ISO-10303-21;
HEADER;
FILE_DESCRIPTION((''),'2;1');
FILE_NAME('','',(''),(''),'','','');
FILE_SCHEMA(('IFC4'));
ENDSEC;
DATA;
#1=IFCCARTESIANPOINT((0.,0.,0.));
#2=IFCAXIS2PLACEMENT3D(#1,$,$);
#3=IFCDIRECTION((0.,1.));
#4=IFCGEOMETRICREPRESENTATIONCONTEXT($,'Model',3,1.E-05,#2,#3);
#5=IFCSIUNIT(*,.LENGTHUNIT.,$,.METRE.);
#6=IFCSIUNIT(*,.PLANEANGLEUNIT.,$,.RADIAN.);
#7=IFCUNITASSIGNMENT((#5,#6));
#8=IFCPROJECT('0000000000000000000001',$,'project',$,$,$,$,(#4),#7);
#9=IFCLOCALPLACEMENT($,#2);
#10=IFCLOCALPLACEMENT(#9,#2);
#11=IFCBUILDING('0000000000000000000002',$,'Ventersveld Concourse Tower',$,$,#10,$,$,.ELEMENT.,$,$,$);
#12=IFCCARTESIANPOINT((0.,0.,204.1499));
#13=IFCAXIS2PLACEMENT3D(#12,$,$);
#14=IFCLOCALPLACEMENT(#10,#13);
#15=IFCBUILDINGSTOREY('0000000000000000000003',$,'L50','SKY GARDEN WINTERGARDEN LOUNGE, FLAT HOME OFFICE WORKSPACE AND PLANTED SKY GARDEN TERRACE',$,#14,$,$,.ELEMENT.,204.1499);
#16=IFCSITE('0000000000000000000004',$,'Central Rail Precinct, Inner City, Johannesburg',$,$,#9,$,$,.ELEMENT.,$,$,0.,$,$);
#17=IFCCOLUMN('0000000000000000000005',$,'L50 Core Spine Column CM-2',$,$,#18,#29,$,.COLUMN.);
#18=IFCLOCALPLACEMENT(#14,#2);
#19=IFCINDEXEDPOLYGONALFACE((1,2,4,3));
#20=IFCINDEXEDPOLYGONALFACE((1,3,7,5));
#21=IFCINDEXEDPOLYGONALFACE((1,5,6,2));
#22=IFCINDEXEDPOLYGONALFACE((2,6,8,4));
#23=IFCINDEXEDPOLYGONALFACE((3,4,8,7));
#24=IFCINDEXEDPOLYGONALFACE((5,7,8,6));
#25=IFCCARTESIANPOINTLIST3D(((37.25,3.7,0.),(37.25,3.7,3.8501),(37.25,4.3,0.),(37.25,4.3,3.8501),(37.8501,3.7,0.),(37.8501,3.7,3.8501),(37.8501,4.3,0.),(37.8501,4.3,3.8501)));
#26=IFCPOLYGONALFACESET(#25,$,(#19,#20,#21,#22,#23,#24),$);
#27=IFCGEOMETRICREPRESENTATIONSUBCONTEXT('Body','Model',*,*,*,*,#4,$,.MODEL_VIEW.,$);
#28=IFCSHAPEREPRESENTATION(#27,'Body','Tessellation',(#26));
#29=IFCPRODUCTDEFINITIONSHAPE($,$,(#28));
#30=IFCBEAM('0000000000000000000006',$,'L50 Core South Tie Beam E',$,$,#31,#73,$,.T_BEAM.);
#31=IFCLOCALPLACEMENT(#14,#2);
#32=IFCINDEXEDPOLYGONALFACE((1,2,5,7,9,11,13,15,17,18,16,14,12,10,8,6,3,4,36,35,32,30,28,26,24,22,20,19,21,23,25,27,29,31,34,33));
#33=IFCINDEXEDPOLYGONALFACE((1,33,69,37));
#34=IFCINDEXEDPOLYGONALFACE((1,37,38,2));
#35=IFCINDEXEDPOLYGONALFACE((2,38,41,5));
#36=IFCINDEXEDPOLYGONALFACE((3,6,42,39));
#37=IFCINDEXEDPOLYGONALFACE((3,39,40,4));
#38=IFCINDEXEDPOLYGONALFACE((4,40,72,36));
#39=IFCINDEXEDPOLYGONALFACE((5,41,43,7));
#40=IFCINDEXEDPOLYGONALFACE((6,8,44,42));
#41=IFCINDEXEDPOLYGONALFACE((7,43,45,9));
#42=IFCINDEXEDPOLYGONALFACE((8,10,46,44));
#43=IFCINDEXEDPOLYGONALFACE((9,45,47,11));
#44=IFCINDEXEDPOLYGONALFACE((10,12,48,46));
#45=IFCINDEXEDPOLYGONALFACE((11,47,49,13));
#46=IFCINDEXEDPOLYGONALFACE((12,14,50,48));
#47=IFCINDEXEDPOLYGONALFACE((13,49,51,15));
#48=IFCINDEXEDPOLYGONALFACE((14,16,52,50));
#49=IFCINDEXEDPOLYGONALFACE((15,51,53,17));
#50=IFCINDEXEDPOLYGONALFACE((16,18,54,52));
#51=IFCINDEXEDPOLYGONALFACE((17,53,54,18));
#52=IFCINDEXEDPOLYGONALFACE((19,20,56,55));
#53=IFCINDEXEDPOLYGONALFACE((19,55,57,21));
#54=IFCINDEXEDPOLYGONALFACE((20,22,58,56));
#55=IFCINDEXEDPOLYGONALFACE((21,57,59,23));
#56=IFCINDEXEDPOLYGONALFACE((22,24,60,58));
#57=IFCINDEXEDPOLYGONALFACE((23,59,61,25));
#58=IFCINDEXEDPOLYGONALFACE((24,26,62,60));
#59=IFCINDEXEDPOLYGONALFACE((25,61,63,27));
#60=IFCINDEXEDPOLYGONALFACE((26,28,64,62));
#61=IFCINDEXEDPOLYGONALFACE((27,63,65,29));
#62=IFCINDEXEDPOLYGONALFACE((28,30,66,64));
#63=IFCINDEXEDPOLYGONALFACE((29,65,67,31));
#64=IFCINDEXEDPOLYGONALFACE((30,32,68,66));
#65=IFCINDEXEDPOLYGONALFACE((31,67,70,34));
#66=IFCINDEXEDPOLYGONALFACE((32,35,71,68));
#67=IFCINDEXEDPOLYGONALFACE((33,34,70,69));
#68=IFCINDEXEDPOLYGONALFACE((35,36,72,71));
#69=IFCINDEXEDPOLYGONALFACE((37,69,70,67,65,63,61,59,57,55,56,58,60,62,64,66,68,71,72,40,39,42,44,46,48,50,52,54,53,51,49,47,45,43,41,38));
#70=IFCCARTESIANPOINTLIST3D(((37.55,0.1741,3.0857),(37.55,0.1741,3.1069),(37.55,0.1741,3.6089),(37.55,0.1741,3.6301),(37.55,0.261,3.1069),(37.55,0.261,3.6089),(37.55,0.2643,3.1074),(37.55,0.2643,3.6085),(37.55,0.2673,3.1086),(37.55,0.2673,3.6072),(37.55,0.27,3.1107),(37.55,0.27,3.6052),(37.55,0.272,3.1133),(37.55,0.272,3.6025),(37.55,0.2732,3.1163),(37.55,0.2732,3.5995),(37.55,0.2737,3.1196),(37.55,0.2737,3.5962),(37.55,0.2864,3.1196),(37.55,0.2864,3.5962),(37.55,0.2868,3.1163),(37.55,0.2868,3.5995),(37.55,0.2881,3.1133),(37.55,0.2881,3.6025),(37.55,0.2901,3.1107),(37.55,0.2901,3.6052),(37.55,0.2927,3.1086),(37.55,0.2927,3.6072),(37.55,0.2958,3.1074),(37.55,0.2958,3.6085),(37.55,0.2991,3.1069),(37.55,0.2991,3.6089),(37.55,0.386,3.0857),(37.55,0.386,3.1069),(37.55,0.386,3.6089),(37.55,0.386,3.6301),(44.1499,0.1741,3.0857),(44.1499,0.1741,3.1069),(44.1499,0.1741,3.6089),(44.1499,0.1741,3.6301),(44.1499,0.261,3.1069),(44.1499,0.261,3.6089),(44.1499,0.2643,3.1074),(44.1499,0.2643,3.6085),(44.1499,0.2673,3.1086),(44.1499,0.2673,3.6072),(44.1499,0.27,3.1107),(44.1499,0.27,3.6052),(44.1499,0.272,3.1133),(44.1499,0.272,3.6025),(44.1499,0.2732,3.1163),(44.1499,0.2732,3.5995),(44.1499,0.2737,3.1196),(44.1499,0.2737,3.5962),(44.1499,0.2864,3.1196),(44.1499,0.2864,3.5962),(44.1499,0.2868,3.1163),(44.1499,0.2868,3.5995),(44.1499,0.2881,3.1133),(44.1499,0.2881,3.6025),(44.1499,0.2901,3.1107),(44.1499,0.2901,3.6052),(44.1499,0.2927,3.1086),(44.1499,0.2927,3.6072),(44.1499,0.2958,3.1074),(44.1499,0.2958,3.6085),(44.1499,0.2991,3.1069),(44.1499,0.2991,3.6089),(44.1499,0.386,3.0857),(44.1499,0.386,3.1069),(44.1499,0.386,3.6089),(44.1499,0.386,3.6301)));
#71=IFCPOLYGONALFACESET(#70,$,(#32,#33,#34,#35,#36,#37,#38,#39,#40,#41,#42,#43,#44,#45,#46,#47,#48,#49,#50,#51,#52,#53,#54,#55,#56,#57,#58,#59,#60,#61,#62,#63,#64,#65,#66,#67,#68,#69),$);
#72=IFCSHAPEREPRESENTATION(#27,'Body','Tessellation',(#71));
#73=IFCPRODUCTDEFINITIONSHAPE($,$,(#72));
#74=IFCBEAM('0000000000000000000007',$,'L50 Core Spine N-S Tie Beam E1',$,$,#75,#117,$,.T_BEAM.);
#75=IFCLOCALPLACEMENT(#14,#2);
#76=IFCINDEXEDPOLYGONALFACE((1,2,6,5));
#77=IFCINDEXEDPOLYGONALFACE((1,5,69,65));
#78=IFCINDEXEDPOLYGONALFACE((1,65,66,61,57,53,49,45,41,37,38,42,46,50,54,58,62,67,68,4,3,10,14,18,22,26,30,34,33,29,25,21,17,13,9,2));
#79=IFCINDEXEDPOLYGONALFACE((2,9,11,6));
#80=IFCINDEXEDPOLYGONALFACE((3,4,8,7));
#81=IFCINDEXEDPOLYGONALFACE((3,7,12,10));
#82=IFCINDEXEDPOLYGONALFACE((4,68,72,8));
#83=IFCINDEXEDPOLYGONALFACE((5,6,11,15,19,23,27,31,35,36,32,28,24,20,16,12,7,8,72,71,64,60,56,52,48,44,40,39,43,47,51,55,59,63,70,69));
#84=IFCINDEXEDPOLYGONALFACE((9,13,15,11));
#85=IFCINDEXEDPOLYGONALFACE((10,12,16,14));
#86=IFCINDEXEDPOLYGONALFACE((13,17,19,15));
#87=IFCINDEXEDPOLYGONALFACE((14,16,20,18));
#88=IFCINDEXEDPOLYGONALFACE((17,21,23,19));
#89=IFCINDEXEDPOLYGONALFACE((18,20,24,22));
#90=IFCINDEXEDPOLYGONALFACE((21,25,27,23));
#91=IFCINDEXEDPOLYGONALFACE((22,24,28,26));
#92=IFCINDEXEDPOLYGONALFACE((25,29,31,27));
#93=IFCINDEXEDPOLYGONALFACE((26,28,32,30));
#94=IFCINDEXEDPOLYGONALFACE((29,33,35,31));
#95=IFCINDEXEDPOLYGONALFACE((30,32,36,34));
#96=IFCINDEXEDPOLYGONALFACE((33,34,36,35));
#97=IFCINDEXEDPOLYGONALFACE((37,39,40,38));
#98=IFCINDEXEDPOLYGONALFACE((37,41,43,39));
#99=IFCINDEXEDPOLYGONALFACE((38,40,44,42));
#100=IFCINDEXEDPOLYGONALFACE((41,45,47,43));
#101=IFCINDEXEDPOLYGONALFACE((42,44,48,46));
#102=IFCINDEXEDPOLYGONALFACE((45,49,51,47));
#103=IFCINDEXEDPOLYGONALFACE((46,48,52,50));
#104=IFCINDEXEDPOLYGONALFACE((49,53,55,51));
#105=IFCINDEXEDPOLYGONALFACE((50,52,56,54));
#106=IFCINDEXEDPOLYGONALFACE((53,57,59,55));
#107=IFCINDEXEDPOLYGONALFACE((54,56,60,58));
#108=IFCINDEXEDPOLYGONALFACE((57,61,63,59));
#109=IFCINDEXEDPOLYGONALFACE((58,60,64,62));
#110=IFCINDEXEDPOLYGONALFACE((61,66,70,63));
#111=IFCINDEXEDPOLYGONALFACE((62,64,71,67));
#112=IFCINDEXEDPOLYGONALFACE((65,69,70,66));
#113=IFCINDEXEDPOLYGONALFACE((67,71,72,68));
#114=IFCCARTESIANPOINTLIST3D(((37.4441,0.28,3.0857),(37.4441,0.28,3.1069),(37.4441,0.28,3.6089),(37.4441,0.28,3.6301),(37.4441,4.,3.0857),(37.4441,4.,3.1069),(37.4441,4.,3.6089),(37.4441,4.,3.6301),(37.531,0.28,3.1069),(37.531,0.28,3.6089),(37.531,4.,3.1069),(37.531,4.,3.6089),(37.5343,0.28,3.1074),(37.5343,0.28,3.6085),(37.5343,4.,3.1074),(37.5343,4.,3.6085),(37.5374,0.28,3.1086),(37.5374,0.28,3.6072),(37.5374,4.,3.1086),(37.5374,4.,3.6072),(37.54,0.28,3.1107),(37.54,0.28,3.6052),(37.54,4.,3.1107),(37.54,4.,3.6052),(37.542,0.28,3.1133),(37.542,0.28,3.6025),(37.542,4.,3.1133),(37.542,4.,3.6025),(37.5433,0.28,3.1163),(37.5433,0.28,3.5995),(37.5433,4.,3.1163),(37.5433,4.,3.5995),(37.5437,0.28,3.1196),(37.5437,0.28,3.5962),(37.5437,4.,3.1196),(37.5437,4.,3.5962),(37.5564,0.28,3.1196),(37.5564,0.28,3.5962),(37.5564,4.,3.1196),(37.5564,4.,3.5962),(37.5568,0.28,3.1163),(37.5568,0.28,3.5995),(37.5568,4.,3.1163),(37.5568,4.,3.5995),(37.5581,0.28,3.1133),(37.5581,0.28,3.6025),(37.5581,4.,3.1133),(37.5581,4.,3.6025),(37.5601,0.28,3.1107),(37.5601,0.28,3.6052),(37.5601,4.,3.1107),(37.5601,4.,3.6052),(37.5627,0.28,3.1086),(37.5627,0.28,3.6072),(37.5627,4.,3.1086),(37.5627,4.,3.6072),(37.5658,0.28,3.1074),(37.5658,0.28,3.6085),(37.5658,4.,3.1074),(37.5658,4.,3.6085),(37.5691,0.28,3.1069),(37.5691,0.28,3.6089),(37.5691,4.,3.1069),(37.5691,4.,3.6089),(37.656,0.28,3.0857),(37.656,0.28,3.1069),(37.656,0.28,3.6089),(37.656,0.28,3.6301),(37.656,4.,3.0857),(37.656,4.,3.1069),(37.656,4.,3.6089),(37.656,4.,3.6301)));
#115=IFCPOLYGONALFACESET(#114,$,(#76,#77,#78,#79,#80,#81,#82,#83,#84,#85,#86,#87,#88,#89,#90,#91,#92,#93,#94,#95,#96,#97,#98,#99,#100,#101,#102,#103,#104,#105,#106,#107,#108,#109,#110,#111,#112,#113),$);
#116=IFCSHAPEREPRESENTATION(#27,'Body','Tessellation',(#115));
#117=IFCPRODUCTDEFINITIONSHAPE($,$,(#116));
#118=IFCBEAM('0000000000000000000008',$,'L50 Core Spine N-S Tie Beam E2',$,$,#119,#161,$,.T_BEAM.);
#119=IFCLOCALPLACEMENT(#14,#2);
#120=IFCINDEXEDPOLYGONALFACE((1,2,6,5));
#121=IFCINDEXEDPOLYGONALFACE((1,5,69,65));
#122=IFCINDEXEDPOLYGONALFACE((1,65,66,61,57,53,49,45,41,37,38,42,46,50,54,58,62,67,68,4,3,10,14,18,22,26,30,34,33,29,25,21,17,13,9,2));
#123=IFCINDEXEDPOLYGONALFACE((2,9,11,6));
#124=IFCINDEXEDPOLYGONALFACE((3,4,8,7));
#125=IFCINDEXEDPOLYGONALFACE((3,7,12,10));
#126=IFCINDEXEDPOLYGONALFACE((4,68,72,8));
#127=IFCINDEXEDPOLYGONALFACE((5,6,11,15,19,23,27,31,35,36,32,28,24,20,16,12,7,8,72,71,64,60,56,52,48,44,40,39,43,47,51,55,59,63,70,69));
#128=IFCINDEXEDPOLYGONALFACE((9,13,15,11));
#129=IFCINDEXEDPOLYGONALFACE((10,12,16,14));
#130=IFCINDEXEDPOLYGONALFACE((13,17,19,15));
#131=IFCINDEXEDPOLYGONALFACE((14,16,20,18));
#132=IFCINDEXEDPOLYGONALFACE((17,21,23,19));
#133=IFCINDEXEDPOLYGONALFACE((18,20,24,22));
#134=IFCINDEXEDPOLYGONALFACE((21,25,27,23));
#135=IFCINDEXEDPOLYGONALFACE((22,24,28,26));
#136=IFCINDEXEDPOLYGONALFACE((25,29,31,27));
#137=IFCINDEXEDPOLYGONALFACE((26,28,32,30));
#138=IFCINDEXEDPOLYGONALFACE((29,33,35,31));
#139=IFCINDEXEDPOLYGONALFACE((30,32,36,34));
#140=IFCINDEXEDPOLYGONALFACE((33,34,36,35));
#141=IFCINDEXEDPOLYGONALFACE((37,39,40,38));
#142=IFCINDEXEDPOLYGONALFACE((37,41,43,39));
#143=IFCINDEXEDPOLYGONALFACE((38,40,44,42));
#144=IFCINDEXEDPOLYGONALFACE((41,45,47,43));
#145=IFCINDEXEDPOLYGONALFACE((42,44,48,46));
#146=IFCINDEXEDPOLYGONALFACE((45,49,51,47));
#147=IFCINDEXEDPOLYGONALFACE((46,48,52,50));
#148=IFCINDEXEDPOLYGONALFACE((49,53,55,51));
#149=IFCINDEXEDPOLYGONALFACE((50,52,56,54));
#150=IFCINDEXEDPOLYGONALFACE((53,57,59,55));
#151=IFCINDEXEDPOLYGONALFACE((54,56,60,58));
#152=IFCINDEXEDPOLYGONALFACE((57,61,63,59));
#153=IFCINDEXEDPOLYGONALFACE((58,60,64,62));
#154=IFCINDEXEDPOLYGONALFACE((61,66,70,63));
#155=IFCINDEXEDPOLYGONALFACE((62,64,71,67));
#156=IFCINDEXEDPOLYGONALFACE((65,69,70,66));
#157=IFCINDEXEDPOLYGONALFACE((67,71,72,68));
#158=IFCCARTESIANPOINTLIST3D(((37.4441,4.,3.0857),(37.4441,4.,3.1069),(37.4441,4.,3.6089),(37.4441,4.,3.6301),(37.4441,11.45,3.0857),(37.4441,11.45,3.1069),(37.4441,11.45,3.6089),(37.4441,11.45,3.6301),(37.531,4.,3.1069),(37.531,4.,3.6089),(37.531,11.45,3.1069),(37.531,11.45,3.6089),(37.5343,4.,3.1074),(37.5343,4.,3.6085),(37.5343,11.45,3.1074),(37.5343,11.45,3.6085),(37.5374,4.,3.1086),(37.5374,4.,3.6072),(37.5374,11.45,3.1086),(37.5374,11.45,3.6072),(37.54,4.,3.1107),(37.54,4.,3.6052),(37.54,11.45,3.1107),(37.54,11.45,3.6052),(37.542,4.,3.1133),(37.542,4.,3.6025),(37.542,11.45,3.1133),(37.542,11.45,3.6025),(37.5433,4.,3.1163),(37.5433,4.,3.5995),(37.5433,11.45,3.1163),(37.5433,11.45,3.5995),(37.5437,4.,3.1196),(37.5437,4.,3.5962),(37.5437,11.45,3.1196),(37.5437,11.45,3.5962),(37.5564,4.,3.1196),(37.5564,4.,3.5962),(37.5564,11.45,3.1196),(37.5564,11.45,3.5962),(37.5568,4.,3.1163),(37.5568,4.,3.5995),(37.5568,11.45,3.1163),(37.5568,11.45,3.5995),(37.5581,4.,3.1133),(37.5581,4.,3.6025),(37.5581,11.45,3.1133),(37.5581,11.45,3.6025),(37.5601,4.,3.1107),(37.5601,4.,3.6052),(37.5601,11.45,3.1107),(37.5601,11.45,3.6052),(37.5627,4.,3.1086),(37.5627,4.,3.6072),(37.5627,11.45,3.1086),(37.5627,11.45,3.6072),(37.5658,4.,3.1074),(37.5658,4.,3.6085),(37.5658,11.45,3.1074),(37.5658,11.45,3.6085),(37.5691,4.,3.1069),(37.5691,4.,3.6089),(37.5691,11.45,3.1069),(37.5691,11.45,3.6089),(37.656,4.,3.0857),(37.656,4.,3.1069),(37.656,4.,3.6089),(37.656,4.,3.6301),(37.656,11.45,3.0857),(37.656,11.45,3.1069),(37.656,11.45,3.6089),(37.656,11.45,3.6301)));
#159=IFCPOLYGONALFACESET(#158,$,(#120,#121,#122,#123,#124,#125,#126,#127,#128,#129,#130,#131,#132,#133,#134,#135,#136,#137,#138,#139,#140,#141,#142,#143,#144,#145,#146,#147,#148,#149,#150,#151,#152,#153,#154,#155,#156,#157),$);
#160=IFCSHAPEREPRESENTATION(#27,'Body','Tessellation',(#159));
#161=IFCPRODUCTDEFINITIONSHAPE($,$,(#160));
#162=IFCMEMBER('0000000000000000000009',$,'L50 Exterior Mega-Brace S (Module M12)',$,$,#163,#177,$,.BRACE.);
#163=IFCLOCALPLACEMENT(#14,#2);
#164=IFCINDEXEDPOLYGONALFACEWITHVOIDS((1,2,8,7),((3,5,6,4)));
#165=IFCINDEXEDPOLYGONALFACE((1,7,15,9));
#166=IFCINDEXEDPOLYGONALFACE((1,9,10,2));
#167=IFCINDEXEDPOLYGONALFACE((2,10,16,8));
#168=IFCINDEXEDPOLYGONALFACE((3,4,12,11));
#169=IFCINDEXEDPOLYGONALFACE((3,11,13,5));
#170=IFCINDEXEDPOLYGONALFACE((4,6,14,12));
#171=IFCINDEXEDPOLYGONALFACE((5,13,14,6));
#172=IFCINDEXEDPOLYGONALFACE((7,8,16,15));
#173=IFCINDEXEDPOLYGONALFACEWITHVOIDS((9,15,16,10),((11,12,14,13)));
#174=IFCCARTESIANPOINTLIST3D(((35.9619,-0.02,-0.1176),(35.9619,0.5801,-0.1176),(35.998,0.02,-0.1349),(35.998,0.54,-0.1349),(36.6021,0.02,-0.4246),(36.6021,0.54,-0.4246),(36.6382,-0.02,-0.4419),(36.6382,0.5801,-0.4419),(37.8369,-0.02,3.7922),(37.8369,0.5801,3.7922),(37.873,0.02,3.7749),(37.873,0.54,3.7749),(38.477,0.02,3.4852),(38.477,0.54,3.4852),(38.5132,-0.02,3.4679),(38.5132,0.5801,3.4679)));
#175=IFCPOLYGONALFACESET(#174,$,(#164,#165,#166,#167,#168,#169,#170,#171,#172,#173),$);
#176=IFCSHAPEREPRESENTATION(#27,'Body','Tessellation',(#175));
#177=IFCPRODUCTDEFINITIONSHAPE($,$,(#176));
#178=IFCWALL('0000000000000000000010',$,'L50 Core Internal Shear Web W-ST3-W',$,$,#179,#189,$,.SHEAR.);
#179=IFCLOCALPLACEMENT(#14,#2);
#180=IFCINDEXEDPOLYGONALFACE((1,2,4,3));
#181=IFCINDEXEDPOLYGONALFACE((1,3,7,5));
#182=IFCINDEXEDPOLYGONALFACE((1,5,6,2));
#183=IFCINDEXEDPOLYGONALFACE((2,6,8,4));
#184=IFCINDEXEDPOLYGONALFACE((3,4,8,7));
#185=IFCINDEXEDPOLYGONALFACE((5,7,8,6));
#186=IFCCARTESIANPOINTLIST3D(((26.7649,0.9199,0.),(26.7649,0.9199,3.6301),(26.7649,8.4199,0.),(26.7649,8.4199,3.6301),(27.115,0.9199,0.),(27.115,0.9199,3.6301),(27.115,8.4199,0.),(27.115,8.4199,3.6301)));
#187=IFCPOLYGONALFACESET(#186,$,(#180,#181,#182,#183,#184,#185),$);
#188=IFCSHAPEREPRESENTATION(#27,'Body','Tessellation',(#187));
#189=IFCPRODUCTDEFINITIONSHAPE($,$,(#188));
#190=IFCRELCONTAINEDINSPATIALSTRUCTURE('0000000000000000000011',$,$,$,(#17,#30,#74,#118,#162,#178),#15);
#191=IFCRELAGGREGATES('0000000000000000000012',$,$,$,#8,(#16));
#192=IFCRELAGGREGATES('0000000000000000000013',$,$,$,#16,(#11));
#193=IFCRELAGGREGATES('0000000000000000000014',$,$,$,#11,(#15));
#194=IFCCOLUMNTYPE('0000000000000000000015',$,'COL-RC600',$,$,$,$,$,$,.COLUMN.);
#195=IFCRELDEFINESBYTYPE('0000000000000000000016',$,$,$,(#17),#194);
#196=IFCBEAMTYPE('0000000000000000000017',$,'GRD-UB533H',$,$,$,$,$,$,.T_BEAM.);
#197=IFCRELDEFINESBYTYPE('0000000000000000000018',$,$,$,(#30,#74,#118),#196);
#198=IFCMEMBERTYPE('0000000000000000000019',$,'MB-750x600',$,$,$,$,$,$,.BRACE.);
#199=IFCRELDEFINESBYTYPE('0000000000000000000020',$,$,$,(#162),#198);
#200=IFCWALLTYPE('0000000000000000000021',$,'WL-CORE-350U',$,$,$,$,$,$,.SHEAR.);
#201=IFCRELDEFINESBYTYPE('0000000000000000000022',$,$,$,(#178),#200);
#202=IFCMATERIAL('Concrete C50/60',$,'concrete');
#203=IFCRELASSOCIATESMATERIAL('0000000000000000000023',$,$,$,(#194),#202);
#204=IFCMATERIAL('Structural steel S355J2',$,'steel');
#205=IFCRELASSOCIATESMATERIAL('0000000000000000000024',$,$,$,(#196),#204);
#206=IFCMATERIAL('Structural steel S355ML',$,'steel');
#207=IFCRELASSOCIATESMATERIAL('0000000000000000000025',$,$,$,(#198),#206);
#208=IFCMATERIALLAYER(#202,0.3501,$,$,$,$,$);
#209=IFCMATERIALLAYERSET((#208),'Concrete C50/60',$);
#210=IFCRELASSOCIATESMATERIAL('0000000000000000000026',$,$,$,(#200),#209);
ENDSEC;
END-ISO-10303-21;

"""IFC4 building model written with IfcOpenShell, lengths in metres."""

from ifc_helpers import new_model, si_unit, direction, frame, frame_2d, origin, origin_2d, place, context, subcontext, project, spatial, rectangle, hollow_rectangle, i_section, extrude, material, layer, layer_set, material_profile, profile_set, type_object, element, save


model = new_model("IFC4")

# Units and contexts
model_context = context("Model", 3, precision=1e-05, world=origin(), true_north=direction((0.0, 1.0)))
body_context = subcontext(model_context, "Body", "Model", "MODEL_VIEW")
ifc_project = project(units=[si_unit("LENGTHUNIT", "METRE"), si_unit("PLANEANGLEUNIT", "RADIAN")], contexts=[model_context])

# Site, building, storey
site_placement = place(None, origin())
site = spatial("IfcSite", under=ifc_project, at=site_placement, Name="Central Rail Precinct, Inner City, Johannesburg", CompositionType="ELEMENT", RefElevation=0.0)
building_placement = place(site_placement, origin())
building = spatial("IfcBuilding", under=site, at=building_placement, Name="Ventersveld Concourse Tower", CompositionType="ELEMENT")
storey_placement = place(building_placement, frame((0.0, 0.0, 204.1499)))
storey = spatial("IfcBuildingStorey", under=building, at=storey_placement, Name="L50", Description="SKY GARDEN WINTERGARDEN LOUNGE, FLAT HOME OFFICE WORKSPACE AND PLANTED SKY GARDEN TERRACE", CompositionType="ELEMENT", Elevation=204.1499)

# Column
ifc_material_1 = material(Name="Concrete C50/60", Category="concrete")
ifc_material_profile_1 = material_profile(ifc_material_1, rectangle(XDim=0.6001, YDim=0.6001, at=origin_2d()), Name="RC 600x600")
ifc_profile_set_1 = profile_set([ifc_material_profile_1], Name="Concrete C50/60")
column_type = type_object("IfcColumnType", Name="COL-RC600", PredefinedType="COLUMN", material=ifc_profile_set_1)
column_placement = place(storey_placement, frame((37.55, 4.0, 0.0), z_axis=(0.0, 0.0, 1.0), x_axis=(1.0, 0.0, 0.0)))
element("IfcColumn", 1, at=column_placement, inside=storey, type_object=column_type, Name="L50 Core Spine Column CM-2", PredefinedType="COLUMN", context=body_context, shape_type="SweptSolid", body=[
    extrude(rectangle(XDim=0.6001, YDim=0.6001, at=origin_2d()), origin(), (0.0, 0.0, 1.0), 3.8501),
])

# Beams
ifc_material_2 = material(Name="Structural steel S355J2", Category="steel")
ifc_material_profile_2 = material_profile(ifc_material_2, i_section(OverallWidth=0.2119, OverallDepth=0.5444, WebThickness=0.0127, FlangeThickness=0.0212, FilletRadius=0.0127, at=origin_2d()), Name="UB 533x210x122")
ifc_profile_set_2 = profile_set([ifc_material_profile_2], Name="Structural steel S355J2")
beam_type = type_object("IfcBeamType", Name="GRD-UB533H", PredefinedType="T_BEAM", material=ifc_profile_set_2)
beam_1_placement = place(storey_placement, frame((37.55, 0.28, 3.3579), z_axis=(1.0, 0.0, 0.0), x_axis=(0.0, 1.0, 0.0)))
element("IfcBeam", 2, at=beam_1_placement, inside=storey, type_object=beam_type, Name="L50 Core South Tie Beam E", PredefinedType="T_BEAM", context=body_context, shape_type="SweptSolid", body=[
    extrude(i_section(OverallWidth=0.2119, OverallDepth=0.5444, WebThickness=0.0127, FlangeThickness=0.0212, FilletRadius=0.0127, at=origin_2d()), origin(), (0.0, 0.0, 1.0), 6.5999),
])
beam_2_placement = place(storey_placement, frame((37.55, 0.28, 3.3579), z_axis=(0.0, 1.0, 0.0), x_axis=(-1.0, 0.0, 0.0)))
element("IfcBeam", 3, at=beam_2_placement, inside=storey, type_object=beam_type, Name="L50 Core Spine N-S Tie Beam E1", PredefinedType="T_BEAM", context=body_context, shape_type="SweptSolid", body=[
    extrude(i_section(OverallWidth=0.2119, OverallDepth=0.5444, WebThickness=0.0127, FlangeThickness=0.0212, FilletRadius=0.0127, at=origin_2d()), origin(), (0.0, 0.0, 1.0), 3.72),
])
beam_3_placement = place(storey_placement, frame((37.55, 4.0, 3.3579), z_axis=(0.0, 1.0, 0.0), x_axis=(-1.0, 0.0, 0.0)))
element("IfcBeam", 4, at=beam_3_placement, inside=storey, type_object=beam_type, Name="L50 Core Spine N-S Tie Beam E2", PredefinedType="T_BEAM", context=body_context, shape_type="SweptSolid", body=[
    extrude(i_section(OverallWidth=0.2119, OverallDepth=0.5444, WebThickness=0.0127, FlangeThickness=0.0212, FilletRadius=0.0127, at=origin_2d()), origin(), (0.0, 0.0, 1.0), 7.45),
])

# Member
ifc_material_3 = material(Name="Structural steel S355ML", Category="steel")
ifc_material_profile_3 = material_profile(ifc_material_3, hollow_rectangle(XDim=0.6001, YDim=0.75, WallThickness=0.04, at=origin_2d()), Name="BOX 750x600x40")
ifc_profile_set_3 = profile_set([ifc_material_profile_3], Name="Structural steel S355ML")
member_type = type_object("IfcMemberType", Name="MB-750x600", PredefinedType="BRACE", material=ifc_profile_set_3)
member_placement = place(storey_placement, frame((36.3, 0.28, -0.2798), z_axis=(0.432402, 0.0, 0.901681), x_axis=(0.0, 1.0, 0.0)))
element("IfcMember", 5, at=member_placement, inside=storey, type_object=member_type, Name="L50 Exterior Mega-Brace S (Module M12)", PredefinedType="BRACE", context=body_context, shape_type="SweptSolid", body=[
    extrude(hollow_rectangle(XDim=0.6001, YDim=0.75, WallThickness=0.04, at=origin_2d()), origin(), (0.0, 0.0, 1.0), 4.3362),
])

# Wall
ifc_layer_1 = layer(ifc_material_1, 0.3501)
ifc_layer_set_1 = layer_set([ifc_layer_1], Name="Concrete C50/60")
wall_type_1 = type_object("IfcWallType", Name="WL-CORE-350U", PredefinedType="SHEAR", material=ifc_layer_set_1)
for number, where, z_axis, x_axis, name in (
    (6, (26.9399, 0.9199, 0.0), (0.0, 0.0, 1.0), (0.0, 1.0, 0.0), "L50 Core Internal Shear Web W-ST3-W"),
):
    element("IfcWall", number, at=place(storey_placement, frame(where, z_axis=z_axis, x_axis=x_axis)), inside=storey, type_object=wall_type_1, Name=name, PredefinedType="SHEAR", context=body_context, shape_type="SweptSolid", body=[
        extrude(rectangle(XDim=7.5, YDim=0.3501, at=frame_2d((3.75, 0.0))), origin(), (0.0, 0.0, 1.0), 3.6301),
    ])

save(model, "model.ifc")
